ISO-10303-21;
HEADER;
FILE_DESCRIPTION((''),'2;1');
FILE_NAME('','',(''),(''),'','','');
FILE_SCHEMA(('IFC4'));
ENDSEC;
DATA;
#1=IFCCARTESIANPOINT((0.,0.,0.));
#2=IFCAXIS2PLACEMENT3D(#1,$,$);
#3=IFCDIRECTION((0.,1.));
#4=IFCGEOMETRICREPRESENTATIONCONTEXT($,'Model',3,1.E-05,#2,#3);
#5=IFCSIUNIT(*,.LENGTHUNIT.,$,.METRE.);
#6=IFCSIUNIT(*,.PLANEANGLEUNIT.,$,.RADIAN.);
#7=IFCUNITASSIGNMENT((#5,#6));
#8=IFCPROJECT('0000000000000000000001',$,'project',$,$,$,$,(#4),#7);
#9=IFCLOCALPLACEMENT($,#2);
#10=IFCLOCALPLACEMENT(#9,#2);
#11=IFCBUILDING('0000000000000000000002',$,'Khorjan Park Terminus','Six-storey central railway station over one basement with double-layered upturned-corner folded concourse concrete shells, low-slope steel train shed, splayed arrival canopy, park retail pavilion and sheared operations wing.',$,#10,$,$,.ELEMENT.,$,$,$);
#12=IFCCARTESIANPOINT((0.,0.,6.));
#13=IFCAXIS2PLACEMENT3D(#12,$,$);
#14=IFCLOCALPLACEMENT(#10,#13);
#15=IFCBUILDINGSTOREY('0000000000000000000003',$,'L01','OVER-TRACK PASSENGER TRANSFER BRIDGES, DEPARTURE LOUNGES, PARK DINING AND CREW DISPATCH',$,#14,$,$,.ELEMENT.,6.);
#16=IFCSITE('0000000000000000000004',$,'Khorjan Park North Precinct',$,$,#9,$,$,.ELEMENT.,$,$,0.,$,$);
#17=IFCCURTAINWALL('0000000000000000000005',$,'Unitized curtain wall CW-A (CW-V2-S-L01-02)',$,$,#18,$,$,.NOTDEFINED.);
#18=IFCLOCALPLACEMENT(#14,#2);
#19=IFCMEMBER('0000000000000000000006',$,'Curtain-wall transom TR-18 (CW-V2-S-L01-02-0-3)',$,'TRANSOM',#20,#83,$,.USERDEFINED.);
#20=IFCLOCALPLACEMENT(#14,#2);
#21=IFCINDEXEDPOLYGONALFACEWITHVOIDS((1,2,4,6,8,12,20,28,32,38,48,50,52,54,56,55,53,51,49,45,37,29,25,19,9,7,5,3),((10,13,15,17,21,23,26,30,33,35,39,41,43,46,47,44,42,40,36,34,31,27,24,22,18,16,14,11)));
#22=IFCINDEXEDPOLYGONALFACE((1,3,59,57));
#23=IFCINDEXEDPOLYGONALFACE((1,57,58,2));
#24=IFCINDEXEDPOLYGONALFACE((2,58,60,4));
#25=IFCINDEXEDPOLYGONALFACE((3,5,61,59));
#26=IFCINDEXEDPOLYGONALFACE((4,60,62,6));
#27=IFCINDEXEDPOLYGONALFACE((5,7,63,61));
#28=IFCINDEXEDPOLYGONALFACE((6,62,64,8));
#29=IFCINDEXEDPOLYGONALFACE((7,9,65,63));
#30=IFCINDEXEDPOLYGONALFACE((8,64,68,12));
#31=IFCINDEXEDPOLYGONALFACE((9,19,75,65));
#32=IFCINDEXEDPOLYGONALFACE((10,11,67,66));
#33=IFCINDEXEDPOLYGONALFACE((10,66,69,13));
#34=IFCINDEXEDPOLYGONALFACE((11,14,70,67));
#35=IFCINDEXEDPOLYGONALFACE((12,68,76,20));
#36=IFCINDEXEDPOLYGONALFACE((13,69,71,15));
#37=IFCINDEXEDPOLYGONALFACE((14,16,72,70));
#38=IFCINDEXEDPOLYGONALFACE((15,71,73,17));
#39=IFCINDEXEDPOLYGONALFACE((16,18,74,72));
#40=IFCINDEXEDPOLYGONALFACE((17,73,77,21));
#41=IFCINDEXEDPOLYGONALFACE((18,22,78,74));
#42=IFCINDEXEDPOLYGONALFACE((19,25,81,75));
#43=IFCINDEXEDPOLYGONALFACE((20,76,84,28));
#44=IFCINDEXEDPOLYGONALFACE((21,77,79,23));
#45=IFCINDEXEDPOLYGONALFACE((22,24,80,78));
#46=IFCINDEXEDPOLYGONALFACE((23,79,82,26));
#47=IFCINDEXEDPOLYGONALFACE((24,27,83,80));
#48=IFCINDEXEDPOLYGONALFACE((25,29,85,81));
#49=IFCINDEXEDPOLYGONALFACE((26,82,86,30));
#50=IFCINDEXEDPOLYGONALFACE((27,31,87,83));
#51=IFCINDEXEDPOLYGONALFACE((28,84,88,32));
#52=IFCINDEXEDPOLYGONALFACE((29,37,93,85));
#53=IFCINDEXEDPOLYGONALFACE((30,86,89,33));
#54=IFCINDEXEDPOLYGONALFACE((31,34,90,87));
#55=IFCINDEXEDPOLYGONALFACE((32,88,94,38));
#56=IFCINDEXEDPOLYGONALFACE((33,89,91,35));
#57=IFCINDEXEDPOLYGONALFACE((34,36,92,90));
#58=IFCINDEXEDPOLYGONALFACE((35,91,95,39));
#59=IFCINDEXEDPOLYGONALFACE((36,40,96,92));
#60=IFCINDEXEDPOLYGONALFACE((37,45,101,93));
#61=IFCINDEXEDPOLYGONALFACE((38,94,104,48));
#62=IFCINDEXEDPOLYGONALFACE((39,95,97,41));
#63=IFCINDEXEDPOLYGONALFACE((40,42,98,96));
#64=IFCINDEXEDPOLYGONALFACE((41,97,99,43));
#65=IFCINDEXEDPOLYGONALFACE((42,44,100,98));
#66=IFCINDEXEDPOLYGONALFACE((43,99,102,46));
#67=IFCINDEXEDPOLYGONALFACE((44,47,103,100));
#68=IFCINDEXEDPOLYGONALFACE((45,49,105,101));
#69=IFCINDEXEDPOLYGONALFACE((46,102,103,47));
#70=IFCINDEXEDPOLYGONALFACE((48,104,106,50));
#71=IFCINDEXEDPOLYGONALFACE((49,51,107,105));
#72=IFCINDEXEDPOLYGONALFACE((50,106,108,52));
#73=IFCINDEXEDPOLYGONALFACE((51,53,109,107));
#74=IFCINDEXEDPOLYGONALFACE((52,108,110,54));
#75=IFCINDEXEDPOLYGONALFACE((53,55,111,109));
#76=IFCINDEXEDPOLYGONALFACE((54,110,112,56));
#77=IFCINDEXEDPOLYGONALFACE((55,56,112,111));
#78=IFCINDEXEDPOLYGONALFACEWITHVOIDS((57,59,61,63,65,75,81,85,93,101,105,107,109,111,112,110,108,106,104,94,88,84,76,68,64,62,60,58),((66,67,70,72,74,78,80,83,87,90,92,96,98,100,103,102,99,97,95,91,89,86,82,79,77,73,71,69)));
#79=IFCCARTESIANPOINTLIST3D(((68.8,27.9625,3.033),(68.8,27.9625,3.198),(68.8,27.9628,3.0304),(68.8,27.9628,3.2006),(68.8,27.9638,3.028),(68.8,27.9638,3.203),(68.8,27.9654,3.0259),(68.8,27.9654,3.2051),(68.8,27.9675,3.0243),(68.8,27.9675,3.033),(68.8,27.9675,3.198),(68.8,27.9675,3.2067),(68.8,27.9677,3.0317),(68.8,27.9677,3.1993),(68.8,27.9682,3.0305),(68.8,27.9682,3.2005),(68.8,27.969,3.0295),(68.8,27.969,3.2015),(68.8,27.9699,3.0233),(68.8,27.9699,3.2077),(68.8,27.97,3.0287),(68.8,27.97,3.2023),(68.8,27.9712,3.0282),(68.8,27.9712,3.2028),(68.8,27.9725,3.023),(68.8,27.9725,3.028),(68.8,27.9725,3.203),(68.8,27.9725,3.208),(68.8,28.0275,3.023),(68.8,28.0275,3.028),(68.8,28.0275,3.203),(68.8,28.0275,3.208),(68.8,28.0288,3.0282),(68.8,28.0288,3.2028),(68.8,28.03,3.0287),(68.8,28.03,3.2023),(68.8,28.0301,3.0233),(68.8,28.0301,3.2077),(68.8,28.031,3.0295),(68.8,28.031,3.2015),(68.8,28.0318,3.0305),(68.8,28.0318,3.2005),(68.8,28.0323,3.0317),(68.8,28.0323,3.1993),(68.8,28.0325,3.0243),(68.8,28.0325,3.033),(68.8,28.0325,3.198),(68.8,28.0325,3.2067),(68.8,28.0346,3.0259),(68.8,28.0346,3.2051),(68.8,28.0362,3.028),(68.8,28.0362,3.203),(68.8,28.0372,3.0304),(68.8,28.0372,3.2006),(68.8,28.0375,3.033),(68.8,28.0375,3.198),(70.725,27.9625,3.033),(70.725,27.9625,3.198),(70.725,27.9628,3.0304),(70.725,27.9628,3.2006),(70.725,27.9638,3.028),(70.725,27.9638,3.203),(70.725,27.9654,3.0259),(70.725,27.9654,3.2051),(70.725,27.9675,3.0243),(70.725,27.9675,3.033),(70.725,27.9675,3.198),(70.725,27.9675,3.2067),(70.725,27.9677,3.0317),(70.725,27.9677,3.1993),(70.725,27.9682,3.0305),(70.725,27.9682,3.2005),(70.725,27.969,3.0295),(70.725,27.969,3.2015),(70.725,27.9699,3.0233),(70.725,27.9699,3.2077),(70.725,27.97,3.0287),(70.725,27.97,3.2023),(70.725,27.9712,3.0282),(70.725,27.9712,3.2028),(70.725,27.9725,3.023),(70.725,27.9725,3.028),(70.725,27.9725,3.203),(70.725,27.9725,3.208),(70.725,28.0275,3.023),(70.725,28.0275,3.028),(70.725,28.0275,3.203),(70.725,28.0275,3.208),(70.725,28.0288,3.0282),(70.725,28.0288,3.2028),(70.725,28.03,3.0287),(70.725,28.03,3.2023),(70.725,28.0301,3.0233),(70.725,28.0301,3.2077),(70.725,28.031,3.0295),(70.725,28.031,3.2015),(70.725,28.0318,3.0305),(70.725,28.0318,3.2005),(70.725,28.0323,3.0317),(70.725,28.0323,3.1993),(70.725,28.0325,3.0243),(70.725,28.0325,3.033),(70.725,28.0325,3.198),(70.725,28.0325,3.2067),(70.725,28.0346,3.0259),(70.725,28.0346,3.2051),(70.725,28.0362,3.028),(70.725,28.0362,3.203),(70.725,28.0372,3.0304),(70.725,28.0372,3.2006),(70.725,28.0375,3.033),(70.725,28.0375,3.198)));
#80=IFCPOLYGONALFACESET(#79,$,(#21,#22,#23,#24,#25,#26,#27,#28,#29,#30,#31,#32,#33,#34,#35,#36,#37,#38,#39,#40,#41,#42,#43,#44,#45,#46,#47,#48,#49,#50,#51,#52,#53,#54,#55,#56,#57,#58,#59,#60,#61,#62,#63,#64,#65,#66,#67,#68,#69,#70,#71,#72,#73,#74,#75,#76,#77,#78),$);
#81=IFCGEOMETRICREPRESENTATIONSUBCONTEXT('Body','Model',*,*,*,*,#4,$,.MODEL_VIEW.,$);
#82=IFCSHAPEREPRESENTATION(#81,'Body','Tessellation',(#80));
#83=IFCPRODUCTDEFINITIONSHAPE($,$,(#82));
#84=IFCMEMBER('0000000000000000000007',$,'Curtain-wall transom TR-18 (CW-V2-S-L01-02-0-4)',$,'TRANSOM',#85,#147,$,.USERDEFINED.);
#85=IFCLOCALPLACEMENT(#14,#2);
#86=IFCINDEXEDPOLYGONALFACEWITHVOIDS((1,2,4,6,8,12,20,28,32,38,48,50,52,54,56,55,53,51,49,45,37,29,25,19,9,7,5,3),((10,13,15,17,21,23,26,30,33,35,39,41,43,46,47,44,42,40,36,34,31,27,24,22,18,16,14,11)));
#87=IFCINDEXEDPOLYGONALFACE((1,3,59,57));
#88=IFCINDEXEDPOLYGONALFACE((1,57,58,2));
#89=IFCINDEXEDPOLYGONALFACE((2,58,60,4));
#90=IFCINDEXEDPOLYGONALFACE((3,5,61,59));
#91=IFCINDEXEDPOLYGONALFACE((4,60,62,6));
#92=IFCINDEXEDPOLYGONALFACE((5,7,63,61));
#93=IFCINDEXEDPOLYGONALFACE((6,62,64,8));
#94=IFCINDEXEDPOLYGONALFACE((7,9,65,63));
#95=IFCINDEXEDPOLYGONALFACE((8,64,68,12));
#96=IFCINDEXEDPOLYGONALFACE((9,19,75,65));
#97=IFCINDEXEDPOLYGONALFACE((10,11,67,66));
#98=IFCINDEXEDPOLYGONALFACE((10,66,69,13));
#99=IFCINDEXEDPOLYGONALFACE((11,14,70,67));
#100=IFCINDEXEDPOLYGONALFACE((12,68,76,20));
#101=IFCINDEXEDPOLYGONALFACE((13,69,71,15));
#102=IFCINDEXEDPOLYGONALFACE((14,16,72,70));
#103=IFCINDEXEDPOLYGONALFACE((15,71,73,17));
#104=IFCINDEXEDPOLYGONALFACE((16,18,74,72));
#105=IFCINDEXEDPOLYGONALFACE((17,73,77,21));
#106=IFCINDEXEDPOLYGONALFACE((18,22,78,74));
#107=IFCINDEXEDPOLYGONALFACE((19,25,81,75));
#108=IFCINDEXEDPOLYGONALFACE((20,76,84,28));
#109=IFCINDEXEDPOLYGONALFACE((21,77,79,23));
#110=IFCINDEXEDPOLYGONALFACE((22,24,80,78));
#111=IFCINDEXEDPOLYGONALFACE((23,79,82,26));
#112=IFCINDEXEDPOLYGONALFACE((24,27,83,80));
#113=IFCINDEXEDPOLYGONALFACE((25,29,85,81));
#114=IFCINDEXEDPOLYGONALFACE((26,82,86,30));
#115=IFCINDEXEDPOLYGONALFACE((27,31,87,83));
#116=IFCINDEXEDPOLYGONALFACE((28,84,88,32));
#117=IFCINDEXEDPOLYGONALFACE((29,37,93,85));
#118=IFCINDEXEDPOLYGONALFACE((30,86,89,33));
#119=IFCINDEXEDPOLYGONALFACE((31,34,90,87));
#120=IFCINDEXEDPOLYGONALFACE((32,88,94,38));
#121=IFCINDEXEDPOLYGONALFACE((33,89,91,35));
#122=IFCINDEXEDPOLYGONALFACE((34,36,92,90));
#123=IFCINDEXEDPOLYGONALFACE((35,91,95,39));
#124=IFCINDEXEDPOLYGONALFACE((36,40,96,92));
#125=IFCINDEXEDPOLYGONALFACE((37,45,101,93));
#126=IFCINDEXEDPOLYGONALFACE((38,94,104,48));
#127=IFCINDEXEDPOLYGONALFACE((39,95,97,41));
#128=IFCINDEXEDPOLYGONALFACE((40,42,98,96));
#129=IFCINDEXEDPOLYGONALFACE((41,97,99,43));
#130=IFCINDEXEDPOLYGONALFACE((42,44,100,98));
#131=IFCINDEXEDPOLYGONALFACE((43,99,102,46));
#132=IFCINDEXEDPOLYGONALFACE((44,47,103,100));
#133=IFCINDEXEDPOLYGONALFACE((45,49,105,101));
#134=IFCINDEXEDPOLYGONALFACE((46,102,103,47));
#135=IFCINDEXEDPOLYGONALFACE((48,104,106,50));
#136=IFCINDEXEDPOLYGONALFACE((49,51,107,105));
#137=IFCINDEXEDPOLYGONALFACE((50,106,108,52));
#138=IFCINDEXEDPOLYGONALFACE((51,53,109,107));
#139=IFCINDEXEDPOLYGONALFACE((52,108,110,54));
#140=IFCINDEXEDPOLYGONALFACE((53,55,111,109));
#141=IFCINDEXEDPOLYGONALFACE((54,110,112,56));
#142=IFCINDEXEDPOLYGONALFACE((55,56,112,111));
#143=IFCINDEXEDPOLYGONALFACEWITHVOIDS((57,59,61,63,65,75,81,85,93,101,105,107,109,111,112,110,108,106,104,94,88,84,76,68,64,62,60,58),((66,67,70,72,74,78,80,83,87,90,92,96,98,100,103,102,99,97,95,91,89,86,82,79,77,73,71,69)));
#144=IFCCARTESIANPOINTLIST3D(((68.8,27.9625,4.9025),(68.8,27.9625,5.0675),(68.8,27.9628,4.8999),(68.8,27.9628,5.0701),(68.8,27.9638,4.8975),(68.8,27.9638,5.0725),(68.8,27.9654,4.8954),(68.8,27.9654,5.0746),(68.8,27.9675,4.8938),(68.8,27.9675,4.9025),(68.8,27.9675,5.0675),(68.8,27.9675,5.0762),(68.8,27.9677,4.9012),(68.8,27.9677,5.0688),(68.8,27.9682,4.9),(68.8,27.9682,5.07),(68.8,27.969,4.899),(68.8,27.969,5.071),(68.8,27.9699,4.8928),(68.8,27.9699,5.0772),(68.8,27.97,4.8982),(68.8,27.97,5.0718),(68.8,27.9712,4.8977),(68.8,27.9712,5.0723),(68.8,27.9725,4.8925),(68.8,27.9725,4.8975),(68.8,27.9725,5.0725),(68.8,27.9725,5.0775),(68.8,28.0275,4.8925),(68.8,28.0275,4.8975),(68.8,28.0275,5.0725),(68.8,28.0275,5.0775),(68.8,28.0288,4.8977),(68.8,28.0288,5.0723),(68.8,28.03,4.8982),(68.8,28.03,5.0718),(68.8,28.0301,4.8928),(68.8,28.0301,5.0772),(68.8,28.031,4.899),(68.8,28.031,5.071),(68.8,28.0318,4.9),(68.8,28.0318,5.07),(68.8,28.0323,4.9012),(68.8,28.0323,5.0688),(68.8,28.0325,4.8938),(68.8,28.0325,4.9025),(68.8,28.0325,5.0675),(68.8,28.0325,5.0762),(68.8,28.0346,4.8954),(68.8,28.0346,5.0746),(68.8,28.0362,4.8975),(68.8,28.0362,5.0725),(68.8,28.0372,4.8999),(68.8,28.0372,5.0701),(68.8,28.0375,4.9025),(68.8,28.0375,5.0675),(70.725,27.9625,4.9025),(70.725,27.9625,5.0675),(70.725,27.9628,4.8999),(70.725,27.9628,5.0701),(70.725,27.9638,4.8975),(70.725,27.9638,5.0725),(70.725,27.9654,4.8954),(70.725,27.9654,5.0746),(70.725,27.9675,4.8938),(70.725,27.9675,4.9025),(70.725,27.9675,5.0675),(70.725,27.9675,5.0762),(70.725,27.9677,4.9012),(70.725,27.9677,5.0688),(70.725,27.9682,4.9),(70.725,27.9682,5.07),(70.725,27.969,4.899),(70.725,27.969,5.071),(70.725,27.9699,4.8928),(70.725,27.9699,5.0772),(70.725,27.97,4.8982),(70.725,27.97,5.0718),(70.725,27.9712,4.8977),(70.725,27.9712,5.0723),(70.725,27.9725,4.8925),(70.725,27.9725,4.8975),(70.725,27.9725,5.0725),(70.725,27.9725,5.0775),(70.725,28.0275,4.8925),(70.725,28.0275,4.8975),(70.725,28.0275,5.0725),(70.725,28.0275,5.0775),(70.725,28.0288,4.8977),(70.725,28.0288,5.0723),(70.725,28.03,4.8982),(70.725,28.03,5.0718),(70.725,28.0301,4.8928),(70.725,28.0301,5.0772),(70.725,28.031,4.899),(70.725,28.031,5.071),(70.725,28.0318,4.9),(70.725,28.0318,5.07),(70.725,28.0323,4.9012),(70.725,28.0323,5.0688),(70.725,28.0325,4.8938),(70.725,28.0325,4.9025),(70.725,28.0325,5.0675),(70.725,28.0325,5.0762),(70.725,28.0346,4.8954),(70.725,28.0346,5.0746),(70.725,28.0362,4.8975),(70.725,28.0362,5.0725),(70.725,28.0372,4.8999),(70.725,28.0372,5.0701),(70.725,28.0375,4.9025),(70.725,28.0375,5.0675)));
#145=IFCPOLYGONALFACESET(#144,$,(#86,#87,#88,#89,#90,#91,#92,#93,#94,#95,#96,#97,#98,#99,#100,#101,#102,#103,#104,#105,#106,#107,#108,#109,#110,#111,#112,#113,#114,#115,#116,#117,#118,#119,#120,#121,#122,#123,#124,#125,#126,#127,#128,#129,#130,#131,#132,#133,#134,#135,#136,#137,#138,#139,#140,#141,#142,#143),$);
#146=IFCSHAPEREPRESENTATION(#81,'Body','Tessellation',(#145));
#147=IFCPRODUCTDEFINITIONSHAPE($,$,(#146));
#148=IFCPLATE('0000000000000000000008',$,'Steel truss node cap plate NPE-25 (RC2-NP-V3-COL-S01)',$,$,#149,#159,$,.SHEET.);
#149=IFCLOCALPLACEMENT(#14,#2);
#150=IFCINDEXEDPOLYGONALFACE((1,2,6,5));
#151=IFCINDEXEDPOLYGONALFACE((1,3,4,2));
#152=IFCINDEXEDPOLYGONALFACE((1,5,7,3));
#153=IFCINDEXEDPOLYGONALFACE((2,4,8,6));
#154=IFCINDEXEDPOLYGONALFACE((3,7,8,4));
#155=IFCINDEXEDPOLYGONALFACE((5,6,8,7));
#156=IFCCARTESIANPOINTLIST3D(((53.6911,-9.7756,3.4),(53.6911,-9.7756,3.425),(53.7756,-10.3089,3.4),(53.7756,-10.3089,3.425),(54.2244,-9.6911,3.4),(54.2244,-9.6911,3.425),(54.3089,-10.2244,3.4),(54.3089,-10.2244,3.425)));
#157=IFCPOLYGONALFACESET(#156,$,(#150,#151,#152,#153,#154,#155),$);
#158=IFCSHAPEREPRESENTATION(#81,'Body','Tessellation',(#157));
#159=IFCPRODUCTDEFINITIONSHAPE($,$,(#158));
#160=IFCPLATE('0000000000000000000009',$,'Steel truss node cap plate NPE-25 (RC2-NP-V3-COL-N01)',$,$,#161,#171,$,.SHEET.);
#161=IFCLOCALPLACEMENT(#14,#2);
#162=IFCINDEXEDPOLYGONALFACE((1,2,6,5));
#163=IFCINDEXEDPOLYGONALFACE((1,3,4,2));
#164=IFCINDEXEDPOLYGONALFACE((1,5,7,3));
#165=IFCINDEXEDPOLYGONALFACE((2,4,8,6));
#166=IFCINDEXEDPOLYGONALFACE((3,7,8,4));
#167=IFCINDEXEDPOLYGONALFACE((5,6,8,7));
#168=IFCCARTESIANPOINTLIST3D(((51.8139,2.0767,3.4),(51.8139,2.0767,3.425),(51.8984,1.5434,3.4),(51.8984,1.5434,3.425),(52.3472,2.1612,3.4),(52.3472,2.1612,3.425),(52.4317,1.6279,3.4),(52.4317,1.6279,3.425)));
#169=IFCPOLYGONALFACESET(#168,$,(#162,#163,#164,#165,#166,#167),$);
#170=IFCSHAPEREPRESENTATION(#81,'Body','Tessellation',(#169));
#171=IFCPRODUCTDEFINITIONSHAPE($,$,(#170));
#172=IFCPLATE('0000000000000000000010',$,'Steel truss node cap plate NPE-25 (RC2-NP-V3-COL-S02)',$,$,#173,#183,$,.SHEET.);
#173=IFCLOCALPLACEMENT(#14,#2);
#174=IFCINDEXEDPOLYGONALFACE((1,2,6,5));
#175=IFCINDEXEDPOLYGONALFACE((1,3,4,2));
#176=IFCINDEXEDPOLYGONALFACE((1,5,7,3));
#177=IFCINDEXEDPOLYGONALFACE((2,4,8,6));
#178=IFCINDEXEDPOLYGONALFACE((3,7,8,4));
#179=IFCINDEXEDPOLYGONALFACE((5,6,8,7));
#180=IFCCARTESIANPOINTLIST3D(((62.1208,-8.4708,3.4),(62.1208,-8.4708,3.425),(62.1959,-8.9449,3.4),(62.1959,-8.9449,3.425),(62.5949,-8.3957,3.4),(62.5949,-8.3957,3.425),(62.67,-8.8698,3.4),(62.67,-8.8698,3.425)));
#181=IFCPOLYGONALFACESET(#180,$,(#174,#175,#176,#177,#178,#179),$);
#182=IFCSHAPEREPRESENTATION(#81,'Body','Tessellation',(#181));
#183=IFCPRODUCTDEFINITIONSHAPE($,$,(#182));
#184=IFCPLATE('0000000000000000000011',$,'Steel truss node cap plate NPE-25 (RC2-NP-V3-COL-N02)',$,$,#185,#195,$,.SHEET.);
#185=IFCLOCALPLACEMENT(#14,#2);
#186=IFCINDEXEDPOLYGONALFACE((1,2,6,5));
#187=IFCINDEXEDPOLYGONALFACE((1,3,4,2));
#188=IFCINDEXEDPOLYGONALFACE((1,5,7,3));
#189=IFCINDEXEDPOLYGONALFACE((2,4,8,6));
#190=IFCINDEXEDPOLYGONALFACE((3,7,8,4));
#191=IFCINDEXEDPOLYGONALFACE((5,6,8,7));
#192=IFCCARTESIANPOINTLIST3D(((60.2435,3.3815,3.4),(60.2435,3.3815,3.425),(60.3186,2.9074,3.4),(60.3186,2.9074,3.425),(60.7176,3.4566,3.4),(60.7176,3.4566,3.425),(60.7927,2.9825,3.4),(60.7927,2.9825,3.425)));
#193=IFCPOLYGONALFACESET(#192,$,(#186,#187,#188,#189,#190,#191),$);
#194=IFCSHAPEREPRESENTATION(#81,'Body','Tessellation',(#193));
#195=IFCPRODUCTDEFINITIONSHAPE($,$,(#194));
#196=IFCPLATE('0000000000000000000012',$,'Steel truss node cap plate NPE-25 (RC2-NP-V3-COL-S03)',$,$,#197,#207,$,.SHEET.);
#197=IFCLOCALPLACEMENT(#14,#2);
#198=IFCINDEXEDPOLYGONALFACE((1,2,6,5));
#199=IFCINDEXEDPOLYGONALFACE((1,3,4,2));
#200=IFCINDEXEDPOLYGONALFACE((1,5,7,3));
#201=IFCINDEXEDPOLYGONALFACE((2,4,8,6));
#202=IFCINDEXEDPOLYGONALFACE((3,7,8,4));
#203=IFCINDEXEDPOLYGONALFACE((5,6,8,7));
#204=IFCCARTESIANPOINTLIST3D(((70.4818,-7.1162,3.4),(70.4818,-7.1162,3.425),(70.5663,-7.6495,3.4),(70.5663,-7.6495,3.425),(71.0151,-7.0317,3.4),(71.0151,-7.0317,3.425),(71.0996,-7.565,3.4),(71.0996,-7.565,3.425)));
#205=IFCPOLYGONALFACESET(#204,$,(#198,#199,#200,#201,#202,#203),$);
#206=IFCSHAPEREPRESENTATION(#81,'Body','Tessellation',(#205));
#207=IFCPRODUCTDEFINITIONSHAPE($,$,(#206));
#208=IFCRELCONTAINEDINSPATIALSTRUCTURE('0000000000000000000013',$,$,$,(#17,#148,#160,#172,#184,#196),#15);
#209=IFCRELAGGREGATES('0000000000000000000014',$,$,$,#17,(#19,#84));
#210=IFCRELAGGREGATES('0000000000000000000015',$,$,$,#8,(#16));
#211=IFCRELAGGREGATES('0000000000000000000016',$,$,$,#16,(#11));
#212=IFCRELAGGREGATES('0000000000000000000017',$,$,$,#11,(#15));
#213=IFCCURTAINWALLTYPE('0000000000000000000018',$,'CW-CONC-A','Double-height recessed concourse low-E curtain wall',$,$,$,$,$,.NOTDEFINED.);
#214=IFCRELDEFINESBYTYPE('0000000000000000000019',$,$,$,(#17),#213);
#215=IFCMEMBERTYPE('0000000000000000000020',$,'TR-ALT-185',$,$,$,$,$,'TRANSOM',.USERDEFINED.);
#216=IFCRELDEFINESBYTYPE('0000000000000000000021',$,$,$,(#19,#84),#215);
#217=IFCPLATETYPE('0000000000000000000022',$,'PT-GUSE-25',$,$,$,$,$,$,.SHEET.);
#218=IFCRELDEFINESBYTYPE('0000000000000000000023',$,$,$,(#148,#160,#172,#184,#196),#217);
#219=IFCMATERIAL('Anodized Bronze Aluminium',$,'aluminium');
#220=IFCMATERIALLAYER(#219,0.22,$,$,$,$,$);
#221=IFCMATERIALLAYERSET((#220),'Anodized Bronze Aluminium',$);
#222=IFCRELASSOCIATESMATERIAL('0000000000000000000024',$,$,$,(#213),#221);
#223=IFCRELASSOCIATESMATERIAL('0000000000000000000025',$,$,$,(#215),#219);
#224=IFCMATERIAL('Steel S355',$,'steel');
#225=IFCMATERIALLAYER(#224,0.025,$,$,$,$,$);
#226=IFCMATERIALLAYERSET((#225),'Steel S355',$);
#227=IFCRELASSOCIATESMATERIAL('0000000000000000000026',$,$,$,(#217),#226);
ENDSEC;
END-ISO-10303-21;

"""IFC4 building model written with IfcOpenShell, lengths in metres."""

from ifc_helpers import new_model, si_unit, direction, frame, origin, origin_2d, place, context, subcontext, project, spatial, rectangle, hollow_rectangle, extrude, material, layer, layer_set, material_profile, profile_set, type_object, element, aggregate, save


model = new_model("IFC4")

# Units and contexts
model_context = context("Model", 3, precision=1e-05, world=origin(), true_north=direction((0.0, 1.0)))
body_context = subcontext(model_context, "Body", "Model", "MODEL_VIEW")
ifc_project = project(units=[si_unit("LENGTHUNIT", "METRE"), si_unit("PLANEANGLEUNIT", "RADIAN")], contexts=[model_context])

# Site, building, storey
site_placement = place(None, origin())
site = spatial("IfcSite", under=ifc_project, at=site_placement, Name="Khorjan Park North Precinct", CompositionType="ELEMENT", RefElevation=0.0)
building_placement = place(site_placement, origin())
building = spatial("IfcBuilding", under=site, at=building_placement, Name="Khorjan Park Terminus", Description="Six-storey central railway station over one basement with double-layered upturned-corner folded concourse concrete shells, low-slope steel train shed, splayed arrival canopy, park retail pavilion and sheared operations wing.", CompositionType="ELEMENT")
storey_placement = place(building_placement, frame((0.0, 0.0, 6.0)))
storey = spatial("IfcBuildingStorey", under=building, at=storey_placement, Name="L01", Description="OVER-TRACK PASSENGER TRANSFER BRIDGES, DEPARTURE LOUNGES, PARK DINING AND CREW DISPATCH", CompositionType="ELEMENT", Elevation=6.0)

# Shared definitions
ifc_material_1 = material(Name="Steel S355", Category="steel")

# Curtain wall
ifc_material_2 = material(Name="Anodized Bronze Aluminium", Category="aluminium")
ifc_layer_1 = layer(ifc_material_2, 0.22)
ifc_layer_set_1 = layer_set([ifc_layer_1], Name="Anodized Bronze Aluminium")
curtain_wall_type = type_object("IfcCurtainWallType", Name="CW-CONC-A", Description="Double-height recessed concourse low-E curtain wall", PredefinedType="NOTDEFINED", material=ifc_layer_set_1)
curtain_wall_1_placement = place(storey_placement, origin())
curtain_wall_1 = element("IfcCurtainWall", 1, at=curtain_wall_1_placement, inside=storey, type_object=curtain_wall_type, Name="Unitized curtain wall CW-A (CW-V2-S-L01-02)", PredefinedType="NOTDEFINED")

# Members
ifc_material_profile_1 = material_profile(ifc_material_2, hollow_rectangle(XDim=0.075, YDim=0.185, WallThickness=0.005, InnerFilletRadius=0.005, OuterFilletRadius=0.01, at=origin_2d()), Name="ALT 75x185x5")
ifc_profile_set_1 = profile_set([ifc_material_profile_1], Name="Anodized Bronze Aluminium")
member_type_1 = type_object("IfcMemberType", Name="TR-ALT-185", ElementType="TRANSOM", PredefinedType="USERDEFINED", material=ifc_profile_set_1)
member_1_placement = place(storey_placement, frame((68.8, 28.0, 3.1155), z_axis=(1.0, 0.0, 0.0), x_axis=(0.0, 1.0, 0.0)))
member_1 = element("IfcMember", 2, at=member_1_placement, type_object=member_type_1, Name="Curtain-wall transom TR-18 (CW-V2-S-L01-02-0-3)", ObjectType="TRANSOM", PredefinedType="USERDEFINED", context=body_context, shape_type="SweptSolid", body=[
    extrude(hollow_rectangle(XDim=0.075, YDim=0.185, WallThickness=0.005, InnerFilletRadius=0.005, OuterFilletRadius=0.01, at=origin_2d()), origin(), (0.0, 0.0, 1.0), 1.925),
])
member_2_placement = place(storey_placement, frame((68.8, 28.0, 4.985), z_axis=(1.0, 0.0, 0.0), x_axis=(0.0, 1.0, 0.0)))
member_2 = element("IfcMember", 3, at=member_2_placement, type_object=member_type_1, Name="Curtain-wall transom TR-18 (CW-V2-S-L01-02-0-4)", ObjectType="TRANSOM", PredefinedType="USERDEFINED", context=body_context, shape_type="SweptSolid", body=[
    extrude(hollow_rectangle(XDim=0.075, YDim=0.185, WallThickness=0.005, InnerFilletRadius=0.005, OuterFilletRadius=0.01, at=origin_2d()), origin(), (0.0, 0.0, 1.0), 1.925),
])

# Plates
ifc_layer_2 = layer(ifc_material_1, 0.025)
ifc_layer_set_2 = layer_set([ifc_layer_2], Name="Steel S355")
plate_type_1 = type_object("IfcPlateType", Name="PT-GUSE-25", PredefinedType="SHEET", material=ifc_layer_set_2)
for number, where, z_axis, x_axis, name in (
    (4, (54.0, -10.0, 3.4), (0.0, 0.0, 1.0), (0.987688, 0.156434, 0.0), "Steel truss node cap plate NPE-25 (RC2-NP-V3-COL-S01)"),
    (5, (52.1228, 1.8523, 3.4), (0.0, 0.0, 1.0), (0.987688, 0.156434, 0.0), "Steel truss node cap plate NPE-25 (RC2-NP-V3-COL-N01)"),
):
    element("IfcPlate", number, at=place(storey_placement, frame(where, z_axis=z_axis, x_axis=x_axis)), inside=storey, type_object=plate_type_1, Name=name, PredefinedType="SHEET", context=body_context, shape_type="SweptSolid", body=[
        extrude(rectangle(XDim=0.54, YDim=0.54, at=origin_2d()), origin(), (0.0, 0.0, 1.0), 0.025),
    ])
for number, where, z_axis, x_axis, name in (
    (6, (62.3954, -8.6703, 3.4), (0.0, 0.0, 1.0), (0.987688, 0.156434, 0.0), "Steel truss node cap plate NPE-25 (RC2-NP-V3-COL-S02)"),
    (7, (60.5181, 3.182, 3.4), (0.0, 0.0, 1.0), (0.987688, 0.156434, 0.0), "Steel truss node cap plate NPE-25 (RC2-NP-V3-COL-N02)"),
):
    element("IfcPlate", number, at=place(storey_placement, frame(where, z_axis=z_axis, x_axis=x_axis)), inside=storey, type_object=plate_type_1, Name=name, PredefinedType="SHEET", context=body_context, shape_type="SweptSolid", body=[
        extrude(rectangle(XDim=0.48, YDim=0.48, at=origin_2d()), origin(), (0.0, 0.0, 1.0), 0.025),
    ])
for number, where, z_axis, x_axis, name in (
    (8, (70.7907, -7.3406, 3.4), (0.0, 0.0, 1.0), (0.987688, 0.156434, 0.0), "Steel truss node cap plate NPE-25 (RC2-NP-V3-COL-S03)"),
):
    element("IfcPlate", number, at=place(storey_placement, frame(where, z_axis=z_axis, x_axis=x_axis)), inside=storey, type_object=plate_type_1, Name=name, PredefinedType="SHEET", context=body_context, shape_type="SweptSolid", body=[
        extrude(rectangle(XDim=0.54, YDim=0.54, at=origin_2d()), origin(), (0.0, 0.0, 1.0), 0.025),
    ])

aggregate(curtain_wall_1, [member_1, member_2])

save(model, "model.ifc")
